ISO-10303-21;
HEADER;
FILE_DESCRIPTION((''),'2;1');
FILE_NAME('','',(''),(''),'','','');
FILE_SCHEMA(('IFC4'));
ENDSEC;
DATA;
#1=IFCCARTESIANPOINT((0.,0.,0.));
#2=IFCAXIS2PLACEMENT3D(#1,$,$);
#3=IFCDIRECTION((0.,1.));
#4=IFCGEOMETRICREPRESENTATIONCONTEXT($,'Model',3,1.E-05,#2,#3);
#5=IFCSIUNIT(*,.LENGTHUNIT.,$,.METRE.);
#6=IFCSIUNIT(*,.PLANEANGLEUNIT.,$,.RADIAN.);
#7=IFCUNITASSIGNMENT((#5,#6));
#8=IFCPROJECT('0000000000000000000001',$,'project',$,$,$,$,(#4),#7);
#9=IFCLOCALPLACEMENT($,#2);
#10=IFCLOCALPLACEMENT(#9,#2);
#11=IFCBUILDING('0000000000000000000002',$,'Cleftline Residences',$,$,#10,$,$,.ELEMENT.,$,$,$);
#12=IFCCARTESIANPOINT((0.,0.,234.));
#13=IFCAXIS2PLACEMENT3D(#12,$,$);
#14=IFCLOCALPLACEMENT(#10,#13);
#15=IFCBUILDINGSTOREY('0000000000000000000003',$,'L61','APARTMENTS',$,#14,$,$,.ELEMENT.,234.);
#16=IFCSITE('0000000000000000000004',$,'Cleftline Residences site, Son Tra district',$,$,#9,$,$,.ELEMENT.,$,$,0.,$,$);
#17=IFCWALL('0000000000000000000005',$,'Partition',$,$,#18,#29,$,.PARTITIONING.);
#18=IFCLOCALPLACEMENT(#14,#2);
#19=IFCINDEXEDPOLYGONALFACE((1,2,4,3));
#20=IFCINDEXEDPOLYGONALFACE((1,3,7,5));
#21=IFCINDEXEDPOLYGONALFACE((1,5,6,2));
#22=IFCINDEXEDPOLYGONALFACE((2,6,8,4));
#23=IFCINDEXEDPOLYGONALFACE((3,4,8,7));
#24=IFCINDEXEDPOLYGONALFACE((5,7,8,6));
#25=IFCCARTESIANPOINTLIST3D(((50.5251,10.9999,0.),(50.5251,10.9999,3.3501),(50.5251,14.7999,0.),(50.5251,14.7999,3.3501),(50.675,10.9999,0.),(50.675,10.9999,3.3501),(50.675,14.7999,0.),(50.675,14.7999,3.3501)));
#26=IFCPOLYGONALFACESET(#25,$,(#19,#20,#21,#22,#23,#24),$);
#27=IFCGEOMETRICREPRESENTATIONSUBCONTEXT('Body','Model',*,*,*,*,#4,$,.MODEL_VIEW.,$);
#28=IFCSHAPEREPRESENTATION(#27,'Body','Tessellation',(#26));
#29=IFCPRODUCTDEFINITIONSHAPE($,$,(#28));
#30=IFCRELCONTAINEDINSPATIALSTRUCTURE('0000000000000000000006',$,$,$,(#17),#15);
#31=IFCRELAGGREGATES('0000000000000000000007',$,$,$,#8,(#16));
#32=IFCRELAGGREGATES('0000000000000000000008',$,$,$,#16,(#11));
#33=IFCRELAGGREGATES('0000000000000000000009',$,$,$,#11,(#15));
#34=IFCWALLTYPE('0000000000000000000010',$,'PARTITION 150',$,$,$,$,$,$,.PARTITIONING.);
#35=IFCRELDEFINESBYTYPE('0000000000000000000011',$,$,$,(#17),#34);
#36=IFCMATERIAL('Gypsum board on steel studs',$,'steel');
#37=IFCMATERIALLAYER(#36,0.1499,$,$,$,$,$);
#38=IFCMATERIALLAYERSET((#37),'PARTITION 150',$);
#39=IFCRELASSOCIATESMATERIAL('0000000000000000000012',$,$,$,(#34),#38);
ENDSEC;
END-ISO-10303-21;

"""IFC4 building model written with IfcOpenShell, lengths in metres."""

from ifc_helpers import new_model, si_unit, direction, frame, frame_2d, origin, place, context, subcontext, project, spatial, rectangle, extrude, material, layer, layer_set, type_object, element, save


model = new_model("IFC4")

# Units and contexts
model_context = context("Model", 3, precision=1e-05, world=origin(), true_north=direction((0.0, 1.0)))
body_context = subcontext(model_context, "Body", "Model", "MODEL_VIEW")
ifc_project = project(units=[si_unit("LENGTHUNIT", "METRE"), si_unit("PLANEANGLEUNIT", "RADIAN")], contexts=[model_context])

# Site, building, storey
site_placement = place(None, origin())
site = spatial("IfcSite", under=ifc_project, at=site_placement, Name="Cleftline Residences site, Son Tra district", CompositionType="ELEMENT", RefElevation=0.0)
building_placement = place(site_placement, origin())
building = spatial("IfcBuilding", under=site, at=building_placement, Name="Cleftline Residences", CompositionType="ELEMENT")
storey_placement = place(building_placement, frame((0.0, 0.0, 234.0)))
storey = spatial("IfcBuildingStorey", under=building, at=storey_placement, Name="L61", Description="APARTMENTS", CompositionType="ELEMENT", Elevation=234.0)

# Shared definitions
ifc_material_1 = material(Name="Gypsum board on steel studs", Category="steel")
ifc_layer_1 = layer(ifc_material_1, 0.1499)
ifc_layer_set_1 = layer_set([ifc_layer_1], Name="PARTITION 150")
wall_type_1 = type_object("IfcWallType", Name="PARTITION 150", PredefinedType="PARTITIONING", material=ifc_layer_set_1)

# Wall
wall_1_placement = place(storey_placement, frame((50.6001, 11.0, 0.0), z_axis=(0.0, 0.0, 1.0), x_axis=(0.0, 1.0, 0.0)))
element("IfcWall", 1, at=wall_1_placement, inside=storey, type_object=wall_type_1, Name="Partition", PredefinedType="PARTITIONING", context=body_context, shape_type="SweptSolid", body=[
    extrude(rectangle(XDim=3.8, YDim=0.1499, at=frame_2d((1.8999, 0.0))), origin(), (0.0, 0.0, 1.0), 3.3501),
])

save(model, "model.ifc")
